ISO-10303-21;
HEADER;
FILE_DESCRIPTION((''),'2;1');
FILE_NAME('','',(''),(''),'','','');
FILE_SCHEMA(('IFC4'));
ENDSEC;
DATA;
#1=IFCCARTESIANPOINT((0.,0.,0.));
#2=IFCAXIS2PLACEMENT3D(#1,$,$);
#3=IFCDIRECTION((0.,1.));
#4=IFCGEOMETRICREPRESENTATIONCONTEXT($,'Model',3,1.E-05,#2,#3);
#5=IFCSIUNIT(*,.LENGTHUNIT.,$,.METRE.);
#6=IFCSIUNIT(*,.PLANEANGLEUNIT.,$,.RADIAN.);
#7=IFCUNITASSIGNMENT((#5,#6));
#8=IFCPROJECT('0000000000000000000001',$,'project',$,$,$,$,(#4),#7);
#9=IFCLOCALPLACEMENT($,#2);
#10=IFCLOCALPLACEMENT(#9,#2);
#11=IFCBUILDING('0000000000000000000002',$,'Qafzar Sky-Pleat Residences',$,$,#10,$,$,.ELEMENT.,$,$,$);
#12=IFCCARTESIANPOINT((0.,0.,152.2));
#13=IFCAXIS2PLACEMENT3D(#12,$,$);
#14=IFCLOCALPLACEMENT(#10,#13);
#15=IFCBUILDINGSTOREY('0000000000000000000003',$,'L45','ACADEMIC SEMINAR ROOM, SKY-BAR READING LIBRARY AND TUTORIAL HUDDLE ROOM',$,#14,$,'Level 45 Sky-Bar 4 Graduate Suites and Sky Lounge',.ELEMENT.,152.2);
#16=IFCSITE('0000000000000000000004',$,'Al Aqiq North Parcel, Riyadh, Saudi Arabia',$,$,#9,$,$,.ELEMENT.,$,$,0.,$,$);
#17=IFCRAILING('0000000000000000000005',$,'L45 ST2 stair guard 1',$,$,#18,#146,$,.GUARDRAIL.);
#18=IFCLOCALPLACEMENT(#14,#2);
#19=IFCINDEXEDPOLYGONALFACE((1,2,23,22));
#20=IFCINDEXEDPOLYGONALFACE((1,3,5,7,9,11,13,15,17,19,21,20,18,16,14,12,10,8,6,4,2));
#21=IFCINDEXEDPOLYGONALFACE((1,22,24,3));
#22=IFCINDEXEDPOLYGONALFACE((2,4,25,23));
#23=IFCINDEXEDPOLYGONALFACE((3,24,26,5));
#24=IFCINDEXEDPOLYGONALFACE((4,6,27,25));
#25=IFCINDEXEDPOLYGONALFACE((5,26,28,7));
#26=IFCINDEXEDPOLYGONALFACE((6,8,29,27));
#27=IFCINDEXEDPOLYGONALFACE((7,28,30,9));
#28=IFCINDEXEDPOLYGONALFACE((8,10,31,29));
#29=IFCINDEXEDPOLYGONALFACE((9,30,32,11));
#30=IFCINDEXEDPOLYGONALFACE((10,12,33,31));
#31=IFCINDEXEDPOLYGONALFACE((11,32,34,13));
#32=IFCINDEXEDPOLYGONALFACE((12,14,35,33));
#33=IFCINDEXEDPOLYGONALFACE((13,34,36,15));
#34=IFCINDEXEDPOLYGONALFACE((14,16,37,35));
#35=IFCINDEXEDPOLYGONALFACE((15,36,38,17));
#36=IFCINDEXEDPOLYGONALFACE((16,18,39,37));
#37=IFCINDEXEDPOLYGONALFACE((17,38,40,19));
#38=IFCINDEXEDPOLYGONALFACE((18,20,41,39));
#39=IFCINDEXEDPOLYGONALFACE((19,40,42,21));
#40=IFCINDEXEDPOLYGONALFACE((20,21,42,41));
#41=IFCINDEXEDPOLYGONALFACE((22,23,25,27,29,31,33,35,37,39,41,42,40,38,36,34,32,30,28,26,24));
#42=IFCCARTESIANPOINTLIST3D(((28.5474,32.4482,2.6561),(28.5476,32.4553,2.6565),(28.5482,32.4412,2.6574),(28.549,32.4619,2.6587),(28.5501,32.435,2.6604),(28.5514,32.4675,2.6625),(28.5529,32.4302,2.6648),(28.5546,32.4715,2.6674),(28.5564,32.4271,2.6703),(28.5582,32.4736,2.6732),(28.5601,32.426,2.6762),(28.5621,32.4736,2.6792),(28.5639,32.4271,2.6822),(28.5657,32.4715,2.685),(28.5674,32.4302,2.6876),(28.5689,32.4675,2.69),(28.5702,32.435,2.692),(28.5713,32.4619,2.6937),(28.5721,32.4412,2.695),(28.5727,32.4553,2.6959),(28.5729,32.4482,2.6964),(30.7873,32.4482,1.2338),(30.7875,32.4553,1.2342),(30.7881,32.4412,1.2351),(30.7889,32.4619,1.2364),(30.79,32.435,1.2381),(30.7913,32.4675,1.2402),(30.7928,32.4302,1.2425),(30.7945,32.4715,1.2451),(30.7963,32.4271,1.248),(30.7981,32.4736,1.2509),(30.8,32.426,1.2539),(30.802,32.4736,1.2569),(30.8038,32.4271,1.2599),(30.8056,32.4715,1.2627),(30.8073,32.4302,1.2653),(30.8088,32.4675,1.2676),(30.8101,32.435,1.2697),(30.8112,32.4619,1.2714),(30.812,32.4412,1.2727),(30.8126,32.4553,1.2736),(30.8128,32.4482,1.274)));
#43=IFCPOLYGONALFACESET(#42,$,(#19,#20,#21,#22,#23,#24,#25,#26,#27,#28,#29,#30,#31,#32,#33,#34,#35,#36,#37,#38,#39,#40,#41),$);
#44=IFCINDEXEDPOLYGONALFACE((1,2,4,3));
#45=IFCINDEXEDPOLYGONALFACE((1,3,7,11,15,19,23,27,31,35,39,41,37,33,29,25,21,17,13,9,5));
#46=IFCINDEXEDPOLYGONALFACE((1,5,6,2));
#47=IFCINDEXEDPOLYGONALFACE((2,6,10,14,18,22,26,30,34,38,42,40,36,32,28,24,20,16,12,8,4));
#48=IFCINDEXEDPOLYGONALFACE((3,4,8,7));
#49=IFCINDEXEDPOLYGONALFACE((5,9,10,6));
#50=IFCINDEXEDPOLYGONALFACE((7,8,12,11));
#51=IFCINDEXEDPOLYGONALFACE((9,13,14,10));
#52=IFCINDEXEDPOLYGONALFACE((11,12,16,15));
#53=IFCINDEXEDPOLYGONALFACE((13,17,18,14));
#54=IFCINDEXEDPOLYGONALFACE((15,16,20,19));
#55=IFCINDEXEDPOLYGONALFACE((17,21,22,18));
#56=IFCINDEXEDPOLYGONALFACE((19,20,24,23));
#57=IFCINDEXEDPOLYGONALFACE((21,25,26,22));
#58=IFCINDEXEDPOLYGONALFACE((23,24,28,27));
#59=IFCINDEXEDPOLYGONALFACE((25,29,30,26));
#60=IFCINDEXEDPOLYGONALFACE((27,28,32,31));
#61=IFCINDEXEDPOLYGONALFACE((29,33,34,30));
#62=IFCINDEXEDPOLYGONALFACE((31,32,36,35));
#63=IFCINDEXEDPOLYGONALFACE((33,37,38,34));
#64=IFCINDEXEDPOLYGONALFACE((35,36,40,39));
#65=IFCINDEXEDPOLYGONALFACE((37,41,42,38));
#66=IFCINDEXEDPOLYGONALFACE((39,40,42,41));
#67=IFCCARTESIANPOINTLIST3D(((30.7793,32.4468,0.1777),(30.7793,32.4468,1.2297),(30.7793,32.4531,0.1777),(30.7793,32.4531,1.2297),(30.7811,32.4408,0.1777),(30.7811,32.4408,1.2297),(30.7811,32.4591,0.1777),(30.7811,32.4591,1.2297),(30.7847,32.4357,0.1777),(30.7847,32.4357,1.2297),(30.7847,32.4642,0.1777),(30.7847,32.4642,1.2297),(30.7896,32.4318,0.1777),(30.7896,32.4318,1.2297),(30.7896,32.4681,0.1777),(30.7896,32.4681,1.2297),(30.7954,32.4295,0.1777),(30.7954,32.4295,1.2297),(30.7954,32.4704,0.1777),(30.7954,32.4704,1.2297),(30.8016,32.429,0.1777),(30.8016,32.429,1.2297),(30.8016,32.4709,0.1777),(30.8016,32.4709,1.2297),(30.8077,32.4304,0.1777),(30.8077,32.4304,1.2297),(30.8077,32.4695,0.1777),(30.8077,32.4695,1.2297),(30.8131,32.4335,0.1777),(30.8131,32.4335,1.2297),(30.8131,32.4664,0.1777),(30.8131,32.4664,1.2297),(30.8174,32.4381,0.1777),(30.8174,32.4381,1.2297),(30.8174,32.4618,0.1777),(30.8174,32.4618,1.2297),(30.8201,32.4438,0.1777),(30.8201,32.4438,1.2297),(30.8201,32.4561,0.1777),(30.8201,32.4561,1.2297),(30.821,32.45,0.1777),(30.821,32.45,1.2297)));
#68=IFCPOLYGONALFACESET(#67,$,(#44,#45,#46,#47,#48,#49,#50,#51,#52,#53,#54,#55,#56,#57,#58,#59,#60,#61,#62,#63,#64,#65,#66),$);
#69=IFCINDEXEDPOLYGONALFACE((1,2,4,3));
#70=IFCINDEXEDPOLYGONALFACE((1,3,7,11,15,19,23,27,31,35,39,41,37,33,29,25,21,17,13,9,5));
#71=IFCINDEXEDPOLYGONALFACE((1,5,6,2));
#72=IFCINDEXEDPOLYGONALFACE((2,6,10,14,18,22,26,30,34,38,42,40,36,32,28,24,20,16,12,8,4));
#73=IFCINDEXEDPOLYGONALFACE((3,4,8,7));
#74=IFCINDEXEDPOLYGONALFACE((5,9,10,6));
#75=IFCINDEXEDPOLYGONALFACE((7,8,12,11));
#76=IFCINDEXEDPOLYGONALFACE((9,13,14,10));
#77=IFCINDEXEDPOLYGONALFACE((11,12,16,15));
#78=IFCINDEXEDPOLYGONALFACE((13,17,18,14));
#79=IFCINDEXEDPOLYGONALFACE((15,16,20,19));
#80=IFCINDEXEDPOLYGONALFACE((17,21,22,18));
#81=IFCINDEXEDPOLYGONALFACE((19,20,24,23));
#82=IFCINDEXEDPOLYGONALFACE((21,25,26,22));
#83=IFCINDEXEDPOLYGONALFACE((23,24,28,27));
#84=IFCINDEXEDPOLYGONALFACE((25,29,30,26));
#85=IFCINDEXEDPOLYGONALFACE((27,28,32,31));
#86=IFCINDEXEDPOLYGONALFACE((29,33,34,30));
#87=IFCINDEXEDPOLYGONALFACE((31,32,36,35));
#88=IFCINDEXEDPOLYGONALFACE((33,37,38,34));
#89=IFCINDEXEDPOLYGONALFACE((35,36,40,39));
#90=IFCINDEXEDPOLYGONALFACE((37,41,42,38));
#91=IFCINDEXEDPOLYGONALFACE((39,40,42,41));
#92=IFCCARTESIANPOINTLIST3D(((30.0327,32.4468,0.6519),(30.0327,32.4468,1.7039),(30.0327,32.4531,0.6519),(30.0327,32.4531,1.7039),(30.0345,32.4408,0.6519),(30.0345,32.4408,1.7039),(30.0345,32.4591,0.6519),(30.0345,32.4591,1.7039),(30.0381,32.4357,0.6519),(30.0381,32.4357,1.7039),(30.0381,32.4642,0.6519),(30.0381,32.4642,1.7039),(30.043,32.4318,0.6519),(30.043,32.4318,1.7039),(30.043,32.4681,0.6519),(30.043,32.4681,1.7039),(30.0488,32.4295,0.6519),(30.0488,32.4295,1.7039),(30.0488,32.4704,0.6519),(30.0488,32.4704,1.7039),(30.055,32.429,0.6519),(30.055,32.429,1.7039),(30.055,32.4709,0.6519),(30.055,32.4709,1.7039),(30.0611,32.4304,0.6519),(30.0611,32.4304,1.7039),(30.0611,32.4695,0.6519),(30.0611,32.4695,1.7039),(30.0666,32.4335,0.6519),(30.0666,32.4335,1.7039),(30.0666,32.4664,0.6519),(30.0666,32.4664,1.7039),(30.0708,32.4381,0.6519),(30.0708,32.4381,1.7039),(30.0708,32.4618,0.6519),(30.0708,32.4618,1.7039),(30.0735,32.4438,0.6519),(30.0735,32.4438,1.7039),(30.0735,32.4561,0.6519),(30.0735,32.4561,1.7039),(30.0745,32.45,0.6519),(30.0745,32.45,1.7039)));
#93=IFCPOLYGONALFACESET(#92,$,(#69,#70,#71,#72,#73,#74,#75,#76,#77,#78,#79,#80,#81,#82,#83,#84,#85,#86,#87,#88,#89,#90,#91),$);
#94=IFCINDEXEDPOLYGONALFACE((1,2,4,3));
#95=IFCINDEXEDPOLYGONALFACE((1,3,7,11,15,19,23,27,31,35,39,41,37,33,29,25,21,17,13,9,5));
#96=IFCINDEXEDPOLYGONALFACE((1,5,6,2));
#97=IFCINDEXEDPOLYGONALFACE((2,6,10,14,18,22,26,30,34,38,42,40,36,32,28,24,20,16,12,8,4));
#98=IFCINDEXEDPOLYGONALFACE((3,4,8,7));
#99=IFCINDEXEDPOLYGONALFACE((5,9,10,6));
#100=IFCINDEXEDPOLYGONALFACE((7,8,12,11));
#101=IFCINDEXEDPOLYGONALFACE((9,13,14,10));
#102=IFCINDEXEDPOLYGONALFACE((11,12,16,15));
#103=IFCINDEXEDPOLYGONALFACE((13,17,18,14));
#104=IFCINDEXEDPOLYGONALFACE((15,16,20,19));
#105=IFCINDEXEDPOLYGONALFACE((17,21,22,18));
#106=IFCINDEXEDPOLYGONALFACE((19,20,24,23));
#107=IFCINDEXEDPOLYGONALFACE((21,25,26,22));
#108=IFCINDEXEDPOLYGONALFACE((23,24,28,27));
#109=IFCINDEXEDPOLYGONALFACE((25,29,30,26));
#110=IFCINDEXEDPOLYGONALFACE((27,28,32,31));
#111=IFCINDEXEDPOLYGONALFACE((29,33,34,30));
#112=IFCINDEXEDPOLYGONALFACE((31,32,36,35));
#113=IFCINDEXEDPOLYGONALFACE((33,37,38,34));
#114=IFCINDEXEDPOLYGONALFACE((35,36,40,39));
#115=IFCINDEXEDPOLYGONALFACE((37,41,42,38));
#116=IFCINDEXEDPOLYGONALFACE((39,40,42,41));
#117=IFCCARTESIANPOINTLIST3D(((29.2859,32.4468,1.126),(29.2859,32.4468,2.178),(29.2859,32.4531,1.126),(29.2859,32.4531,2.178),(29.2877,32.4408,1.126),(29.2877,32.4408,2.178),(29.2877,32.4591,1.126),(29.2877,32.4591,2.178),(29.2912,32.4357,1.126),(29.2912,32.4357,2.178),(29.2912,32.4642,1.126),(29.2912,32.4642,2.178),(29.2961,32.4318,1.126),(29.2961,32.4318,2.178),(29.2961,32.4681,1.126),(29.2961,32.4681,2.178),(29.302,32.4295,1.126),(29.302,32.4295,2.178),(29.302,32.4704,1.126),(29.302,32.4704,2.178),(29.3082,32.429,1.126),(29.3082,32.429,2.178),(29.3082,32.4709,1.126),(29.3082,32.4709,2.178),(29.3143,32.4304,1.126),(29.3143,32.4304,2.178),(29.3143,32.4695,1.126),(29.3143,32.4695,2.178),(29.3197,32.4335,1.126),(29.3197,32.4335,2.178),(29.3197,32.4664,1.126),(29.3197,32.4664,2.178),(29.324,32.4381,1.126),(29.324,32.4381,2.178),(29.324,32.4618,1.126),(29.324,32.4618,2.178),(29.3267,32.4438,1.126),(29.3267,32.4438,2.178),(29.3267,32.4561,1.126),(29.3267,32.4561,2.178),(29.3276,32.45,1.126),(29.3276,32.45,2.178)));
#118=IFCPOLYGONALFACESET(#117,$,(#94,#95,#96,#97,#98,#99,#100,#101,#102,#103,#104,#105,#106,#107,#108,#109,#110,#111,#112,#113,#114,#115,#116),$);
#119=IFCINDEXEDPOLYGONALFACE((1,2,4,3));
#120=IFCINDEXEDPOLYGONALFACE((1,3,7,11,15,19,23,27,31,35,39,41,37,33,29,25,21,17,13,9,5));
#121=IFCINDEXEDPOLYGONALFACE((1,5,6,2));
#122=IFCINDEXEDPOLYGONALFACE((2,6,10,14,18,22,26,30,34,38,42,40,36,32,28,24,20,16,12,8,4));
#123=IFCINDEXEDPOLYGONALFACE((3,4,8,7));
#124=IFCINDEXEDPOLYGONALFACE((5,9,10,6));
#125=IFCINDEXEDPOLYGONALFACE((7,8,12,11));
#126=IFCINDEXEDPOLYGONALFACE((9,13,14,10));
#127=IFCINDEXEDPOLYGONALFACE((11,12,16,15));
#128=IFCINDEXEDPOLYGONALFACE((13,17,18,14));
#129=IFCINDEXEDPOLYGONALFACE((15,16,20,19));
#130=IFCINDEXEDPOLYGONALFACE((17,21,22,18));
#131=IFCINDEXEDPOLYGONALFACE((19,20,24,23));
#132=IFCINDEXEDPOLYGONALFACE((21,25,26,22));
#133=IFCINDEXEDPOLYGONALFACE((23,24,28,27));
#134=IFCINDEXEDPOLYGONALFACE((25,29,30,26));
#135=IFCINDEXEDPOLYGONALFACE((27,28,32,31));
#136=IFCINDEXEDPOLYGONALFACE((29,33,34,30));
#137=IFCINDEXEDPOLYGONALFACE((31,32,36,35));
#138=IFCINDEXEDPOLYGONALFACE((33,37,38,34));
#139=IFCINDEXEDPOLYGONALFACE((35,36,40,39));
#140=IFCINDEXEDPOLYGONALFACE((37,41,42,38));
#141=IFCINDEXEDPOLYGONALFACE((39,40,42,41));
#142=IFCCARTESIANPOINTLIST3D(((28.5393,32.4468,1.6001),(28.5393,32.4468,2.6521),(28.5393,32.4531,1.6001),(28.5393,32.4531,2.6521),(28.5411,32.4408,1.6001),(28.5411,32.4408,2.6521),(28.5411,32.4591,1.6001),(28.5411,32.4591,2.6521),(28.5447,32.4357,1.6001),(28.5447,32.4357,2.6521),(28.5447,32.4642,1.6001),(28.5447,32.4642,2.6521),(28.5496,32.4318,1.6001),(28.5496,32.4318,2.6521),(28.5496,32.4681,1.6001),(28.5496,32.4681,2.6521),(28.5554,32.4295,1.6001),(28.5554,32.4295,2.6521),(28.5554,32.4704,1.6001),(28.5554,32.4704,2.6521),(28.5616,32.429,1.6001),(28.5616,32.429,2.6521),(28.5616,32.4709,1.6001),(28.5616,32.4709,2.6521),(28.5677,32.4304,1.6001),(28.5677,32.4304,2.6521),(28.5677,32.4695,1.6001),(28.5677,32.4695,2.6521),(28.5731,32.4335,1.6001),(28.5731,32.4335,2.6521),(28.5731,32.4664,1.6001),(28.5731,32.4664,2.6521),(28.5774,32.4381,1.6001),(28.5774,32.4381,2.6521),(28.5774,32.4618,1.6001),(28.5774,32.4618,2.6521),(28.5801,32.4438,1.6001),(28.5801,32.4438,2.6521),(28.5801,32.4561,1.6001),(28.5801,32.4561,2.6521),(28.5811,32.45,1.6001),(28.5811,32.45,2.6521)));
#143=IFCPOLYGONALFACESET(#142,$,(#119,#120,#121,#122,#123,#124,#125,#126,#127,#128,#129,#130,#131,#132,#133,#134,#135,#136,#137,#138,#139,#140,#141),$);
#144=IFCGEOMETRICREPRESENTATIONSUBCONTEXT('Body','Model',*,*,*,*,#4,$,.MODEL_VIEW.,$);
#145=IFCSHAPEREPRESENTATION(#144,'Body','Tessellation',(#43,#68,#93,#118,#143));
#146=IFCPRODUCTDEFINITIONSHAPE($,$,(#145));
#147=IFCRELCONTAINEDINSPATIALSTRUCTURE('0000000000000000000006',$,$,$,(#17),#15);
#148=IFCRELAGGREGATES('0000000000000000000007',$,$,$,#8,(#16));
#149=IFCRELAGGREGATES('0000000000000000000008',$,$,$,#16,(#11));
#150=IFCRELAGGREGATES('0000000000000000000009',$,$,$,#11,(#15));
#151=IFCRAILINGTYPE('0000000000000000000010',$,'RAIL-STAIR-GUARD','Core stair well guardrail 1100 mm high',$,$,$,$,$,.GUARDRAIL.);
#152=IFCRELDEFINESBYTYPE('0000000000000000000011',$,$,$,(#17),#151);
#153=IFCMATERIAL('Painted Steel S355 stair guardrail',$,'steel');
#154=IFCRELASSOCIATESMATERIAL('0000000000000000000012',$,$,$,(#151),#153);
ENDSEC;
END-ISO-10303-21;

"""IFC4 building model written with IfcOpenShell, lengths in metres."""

from ifc_helpers import new_model, si_unit, direction, frame, origin, origin_2d, place, context, subcontext, project, spatial, circle, extrude, source, transform, mapped, material, type_object, element, save


model = new_model("IFC4")

# Units and contexts
model_context = context("Model", 3, precision=1e-05, world=origin(), true_north=direction((0.0, 1.0)))
body_context = subcontext(model_context, "Body", "Model", "MODEL_VIEW")
ifc_project = project(units=[si_unit("LENGTHUNIT", "METRE"), si_unit("PLANEANGLEUNIT", "RADIAN")], contexts=[model_context])

# Site, building, storey
site_placement = place(None, origin())
site = spatial("IfcSite", under=ifc_project, at=site_placement, Name="Al Aqiq North Parcel, Riyadh, Saudi Arabia", CompositionType="ELEMENT", RefElevation=0.0)
building_placement = place(site_placement, origin())
building = spatial("IfcBuilding", under=site, at=building_placement, Name="Qafzar Sky-Pleat Residences", CompositionType="ELEMENT")
storey_placement = place(building_placement, frame((0.0, 0.0, 152.2)))
storey = spatial("IfcBuildingStorey", under=building, at=storey_placement, Name="L45", Description="ACADEMIC SEMINAR ROOM, SKY-BAR READING LIBRARY AND TUTORIAL HUDDLE ROOM", LongName="Level 45 Sky-Bar 4 Graduate Suites and Sky Lounge", CompositionType="ELEMENT", Elevation=152.2)

# Railing
ifc_material_1 = material(Name="Painted Steel S355 stair guardrail", Category="steel")
railing_type_1 = type_object("IfcRailingType", Name="RAIL-STAIR-GUARD", Description="Core stair well guardrail 1100 mm high", PredefinedType="GUARDRAIL", material=ifc_material_1)
shared_shape_1 = source(origin(), body_context, "Body", "SweptSolid", [
    extrude(circle(Radius=0.0239, at=origin_2d()), frame((0.0, 0.0, 1.0762), z_axis=(-0.844188, 0.0, 0.536048), x_axis=(0.0, -1.0, 0.0)), (0.0, 0.0, 1.0), 2.6533),
    extrude(circle(Radius=0.021, at=origin_2d()), origin(), (0.0, 0.0, 1.0), 1.052),
    extrude(circle(Radius=0.021, at=origin_2d()), frame((-0.7466, 0.0, 0.4741)), (0.0, 0.0, 1.0), 1.052),
    extrude(circle(Radius=0.021, at=origin_2d()), frame((-1.4934, 0.0, 0.9482)), (0.0, 0.0, 1.0), 1.052),
    extrude(circle(Radius=0.021, at=origin_2d()), frame((-2.24, 0.0, 1.4224)), (0.0, 0.0, 1.0), 1.052),
])
railing_1_placement = place(storey_placement, frame((30.8, 32.45, 0.1777)))
element("IfcRailing", 1, at=railing_1_placement, inside=storey, type_object=railing_type_1, Name="L45 ST2 stair guard 1", PredefinedType="GUARDRAIL", context=body_context, shape_type="MappedRepresentation", body=[
    mapped(shared_shape_1, transform((0.0, 0.0, 0.0), x_axis=(1.0, 0.0, 0.0), y_axis=(0.0, 1.0, 0.0), z_axis=(0.0, 0.0, 1.0), scale=1.0)),
])

save(model, "model.ifc")
